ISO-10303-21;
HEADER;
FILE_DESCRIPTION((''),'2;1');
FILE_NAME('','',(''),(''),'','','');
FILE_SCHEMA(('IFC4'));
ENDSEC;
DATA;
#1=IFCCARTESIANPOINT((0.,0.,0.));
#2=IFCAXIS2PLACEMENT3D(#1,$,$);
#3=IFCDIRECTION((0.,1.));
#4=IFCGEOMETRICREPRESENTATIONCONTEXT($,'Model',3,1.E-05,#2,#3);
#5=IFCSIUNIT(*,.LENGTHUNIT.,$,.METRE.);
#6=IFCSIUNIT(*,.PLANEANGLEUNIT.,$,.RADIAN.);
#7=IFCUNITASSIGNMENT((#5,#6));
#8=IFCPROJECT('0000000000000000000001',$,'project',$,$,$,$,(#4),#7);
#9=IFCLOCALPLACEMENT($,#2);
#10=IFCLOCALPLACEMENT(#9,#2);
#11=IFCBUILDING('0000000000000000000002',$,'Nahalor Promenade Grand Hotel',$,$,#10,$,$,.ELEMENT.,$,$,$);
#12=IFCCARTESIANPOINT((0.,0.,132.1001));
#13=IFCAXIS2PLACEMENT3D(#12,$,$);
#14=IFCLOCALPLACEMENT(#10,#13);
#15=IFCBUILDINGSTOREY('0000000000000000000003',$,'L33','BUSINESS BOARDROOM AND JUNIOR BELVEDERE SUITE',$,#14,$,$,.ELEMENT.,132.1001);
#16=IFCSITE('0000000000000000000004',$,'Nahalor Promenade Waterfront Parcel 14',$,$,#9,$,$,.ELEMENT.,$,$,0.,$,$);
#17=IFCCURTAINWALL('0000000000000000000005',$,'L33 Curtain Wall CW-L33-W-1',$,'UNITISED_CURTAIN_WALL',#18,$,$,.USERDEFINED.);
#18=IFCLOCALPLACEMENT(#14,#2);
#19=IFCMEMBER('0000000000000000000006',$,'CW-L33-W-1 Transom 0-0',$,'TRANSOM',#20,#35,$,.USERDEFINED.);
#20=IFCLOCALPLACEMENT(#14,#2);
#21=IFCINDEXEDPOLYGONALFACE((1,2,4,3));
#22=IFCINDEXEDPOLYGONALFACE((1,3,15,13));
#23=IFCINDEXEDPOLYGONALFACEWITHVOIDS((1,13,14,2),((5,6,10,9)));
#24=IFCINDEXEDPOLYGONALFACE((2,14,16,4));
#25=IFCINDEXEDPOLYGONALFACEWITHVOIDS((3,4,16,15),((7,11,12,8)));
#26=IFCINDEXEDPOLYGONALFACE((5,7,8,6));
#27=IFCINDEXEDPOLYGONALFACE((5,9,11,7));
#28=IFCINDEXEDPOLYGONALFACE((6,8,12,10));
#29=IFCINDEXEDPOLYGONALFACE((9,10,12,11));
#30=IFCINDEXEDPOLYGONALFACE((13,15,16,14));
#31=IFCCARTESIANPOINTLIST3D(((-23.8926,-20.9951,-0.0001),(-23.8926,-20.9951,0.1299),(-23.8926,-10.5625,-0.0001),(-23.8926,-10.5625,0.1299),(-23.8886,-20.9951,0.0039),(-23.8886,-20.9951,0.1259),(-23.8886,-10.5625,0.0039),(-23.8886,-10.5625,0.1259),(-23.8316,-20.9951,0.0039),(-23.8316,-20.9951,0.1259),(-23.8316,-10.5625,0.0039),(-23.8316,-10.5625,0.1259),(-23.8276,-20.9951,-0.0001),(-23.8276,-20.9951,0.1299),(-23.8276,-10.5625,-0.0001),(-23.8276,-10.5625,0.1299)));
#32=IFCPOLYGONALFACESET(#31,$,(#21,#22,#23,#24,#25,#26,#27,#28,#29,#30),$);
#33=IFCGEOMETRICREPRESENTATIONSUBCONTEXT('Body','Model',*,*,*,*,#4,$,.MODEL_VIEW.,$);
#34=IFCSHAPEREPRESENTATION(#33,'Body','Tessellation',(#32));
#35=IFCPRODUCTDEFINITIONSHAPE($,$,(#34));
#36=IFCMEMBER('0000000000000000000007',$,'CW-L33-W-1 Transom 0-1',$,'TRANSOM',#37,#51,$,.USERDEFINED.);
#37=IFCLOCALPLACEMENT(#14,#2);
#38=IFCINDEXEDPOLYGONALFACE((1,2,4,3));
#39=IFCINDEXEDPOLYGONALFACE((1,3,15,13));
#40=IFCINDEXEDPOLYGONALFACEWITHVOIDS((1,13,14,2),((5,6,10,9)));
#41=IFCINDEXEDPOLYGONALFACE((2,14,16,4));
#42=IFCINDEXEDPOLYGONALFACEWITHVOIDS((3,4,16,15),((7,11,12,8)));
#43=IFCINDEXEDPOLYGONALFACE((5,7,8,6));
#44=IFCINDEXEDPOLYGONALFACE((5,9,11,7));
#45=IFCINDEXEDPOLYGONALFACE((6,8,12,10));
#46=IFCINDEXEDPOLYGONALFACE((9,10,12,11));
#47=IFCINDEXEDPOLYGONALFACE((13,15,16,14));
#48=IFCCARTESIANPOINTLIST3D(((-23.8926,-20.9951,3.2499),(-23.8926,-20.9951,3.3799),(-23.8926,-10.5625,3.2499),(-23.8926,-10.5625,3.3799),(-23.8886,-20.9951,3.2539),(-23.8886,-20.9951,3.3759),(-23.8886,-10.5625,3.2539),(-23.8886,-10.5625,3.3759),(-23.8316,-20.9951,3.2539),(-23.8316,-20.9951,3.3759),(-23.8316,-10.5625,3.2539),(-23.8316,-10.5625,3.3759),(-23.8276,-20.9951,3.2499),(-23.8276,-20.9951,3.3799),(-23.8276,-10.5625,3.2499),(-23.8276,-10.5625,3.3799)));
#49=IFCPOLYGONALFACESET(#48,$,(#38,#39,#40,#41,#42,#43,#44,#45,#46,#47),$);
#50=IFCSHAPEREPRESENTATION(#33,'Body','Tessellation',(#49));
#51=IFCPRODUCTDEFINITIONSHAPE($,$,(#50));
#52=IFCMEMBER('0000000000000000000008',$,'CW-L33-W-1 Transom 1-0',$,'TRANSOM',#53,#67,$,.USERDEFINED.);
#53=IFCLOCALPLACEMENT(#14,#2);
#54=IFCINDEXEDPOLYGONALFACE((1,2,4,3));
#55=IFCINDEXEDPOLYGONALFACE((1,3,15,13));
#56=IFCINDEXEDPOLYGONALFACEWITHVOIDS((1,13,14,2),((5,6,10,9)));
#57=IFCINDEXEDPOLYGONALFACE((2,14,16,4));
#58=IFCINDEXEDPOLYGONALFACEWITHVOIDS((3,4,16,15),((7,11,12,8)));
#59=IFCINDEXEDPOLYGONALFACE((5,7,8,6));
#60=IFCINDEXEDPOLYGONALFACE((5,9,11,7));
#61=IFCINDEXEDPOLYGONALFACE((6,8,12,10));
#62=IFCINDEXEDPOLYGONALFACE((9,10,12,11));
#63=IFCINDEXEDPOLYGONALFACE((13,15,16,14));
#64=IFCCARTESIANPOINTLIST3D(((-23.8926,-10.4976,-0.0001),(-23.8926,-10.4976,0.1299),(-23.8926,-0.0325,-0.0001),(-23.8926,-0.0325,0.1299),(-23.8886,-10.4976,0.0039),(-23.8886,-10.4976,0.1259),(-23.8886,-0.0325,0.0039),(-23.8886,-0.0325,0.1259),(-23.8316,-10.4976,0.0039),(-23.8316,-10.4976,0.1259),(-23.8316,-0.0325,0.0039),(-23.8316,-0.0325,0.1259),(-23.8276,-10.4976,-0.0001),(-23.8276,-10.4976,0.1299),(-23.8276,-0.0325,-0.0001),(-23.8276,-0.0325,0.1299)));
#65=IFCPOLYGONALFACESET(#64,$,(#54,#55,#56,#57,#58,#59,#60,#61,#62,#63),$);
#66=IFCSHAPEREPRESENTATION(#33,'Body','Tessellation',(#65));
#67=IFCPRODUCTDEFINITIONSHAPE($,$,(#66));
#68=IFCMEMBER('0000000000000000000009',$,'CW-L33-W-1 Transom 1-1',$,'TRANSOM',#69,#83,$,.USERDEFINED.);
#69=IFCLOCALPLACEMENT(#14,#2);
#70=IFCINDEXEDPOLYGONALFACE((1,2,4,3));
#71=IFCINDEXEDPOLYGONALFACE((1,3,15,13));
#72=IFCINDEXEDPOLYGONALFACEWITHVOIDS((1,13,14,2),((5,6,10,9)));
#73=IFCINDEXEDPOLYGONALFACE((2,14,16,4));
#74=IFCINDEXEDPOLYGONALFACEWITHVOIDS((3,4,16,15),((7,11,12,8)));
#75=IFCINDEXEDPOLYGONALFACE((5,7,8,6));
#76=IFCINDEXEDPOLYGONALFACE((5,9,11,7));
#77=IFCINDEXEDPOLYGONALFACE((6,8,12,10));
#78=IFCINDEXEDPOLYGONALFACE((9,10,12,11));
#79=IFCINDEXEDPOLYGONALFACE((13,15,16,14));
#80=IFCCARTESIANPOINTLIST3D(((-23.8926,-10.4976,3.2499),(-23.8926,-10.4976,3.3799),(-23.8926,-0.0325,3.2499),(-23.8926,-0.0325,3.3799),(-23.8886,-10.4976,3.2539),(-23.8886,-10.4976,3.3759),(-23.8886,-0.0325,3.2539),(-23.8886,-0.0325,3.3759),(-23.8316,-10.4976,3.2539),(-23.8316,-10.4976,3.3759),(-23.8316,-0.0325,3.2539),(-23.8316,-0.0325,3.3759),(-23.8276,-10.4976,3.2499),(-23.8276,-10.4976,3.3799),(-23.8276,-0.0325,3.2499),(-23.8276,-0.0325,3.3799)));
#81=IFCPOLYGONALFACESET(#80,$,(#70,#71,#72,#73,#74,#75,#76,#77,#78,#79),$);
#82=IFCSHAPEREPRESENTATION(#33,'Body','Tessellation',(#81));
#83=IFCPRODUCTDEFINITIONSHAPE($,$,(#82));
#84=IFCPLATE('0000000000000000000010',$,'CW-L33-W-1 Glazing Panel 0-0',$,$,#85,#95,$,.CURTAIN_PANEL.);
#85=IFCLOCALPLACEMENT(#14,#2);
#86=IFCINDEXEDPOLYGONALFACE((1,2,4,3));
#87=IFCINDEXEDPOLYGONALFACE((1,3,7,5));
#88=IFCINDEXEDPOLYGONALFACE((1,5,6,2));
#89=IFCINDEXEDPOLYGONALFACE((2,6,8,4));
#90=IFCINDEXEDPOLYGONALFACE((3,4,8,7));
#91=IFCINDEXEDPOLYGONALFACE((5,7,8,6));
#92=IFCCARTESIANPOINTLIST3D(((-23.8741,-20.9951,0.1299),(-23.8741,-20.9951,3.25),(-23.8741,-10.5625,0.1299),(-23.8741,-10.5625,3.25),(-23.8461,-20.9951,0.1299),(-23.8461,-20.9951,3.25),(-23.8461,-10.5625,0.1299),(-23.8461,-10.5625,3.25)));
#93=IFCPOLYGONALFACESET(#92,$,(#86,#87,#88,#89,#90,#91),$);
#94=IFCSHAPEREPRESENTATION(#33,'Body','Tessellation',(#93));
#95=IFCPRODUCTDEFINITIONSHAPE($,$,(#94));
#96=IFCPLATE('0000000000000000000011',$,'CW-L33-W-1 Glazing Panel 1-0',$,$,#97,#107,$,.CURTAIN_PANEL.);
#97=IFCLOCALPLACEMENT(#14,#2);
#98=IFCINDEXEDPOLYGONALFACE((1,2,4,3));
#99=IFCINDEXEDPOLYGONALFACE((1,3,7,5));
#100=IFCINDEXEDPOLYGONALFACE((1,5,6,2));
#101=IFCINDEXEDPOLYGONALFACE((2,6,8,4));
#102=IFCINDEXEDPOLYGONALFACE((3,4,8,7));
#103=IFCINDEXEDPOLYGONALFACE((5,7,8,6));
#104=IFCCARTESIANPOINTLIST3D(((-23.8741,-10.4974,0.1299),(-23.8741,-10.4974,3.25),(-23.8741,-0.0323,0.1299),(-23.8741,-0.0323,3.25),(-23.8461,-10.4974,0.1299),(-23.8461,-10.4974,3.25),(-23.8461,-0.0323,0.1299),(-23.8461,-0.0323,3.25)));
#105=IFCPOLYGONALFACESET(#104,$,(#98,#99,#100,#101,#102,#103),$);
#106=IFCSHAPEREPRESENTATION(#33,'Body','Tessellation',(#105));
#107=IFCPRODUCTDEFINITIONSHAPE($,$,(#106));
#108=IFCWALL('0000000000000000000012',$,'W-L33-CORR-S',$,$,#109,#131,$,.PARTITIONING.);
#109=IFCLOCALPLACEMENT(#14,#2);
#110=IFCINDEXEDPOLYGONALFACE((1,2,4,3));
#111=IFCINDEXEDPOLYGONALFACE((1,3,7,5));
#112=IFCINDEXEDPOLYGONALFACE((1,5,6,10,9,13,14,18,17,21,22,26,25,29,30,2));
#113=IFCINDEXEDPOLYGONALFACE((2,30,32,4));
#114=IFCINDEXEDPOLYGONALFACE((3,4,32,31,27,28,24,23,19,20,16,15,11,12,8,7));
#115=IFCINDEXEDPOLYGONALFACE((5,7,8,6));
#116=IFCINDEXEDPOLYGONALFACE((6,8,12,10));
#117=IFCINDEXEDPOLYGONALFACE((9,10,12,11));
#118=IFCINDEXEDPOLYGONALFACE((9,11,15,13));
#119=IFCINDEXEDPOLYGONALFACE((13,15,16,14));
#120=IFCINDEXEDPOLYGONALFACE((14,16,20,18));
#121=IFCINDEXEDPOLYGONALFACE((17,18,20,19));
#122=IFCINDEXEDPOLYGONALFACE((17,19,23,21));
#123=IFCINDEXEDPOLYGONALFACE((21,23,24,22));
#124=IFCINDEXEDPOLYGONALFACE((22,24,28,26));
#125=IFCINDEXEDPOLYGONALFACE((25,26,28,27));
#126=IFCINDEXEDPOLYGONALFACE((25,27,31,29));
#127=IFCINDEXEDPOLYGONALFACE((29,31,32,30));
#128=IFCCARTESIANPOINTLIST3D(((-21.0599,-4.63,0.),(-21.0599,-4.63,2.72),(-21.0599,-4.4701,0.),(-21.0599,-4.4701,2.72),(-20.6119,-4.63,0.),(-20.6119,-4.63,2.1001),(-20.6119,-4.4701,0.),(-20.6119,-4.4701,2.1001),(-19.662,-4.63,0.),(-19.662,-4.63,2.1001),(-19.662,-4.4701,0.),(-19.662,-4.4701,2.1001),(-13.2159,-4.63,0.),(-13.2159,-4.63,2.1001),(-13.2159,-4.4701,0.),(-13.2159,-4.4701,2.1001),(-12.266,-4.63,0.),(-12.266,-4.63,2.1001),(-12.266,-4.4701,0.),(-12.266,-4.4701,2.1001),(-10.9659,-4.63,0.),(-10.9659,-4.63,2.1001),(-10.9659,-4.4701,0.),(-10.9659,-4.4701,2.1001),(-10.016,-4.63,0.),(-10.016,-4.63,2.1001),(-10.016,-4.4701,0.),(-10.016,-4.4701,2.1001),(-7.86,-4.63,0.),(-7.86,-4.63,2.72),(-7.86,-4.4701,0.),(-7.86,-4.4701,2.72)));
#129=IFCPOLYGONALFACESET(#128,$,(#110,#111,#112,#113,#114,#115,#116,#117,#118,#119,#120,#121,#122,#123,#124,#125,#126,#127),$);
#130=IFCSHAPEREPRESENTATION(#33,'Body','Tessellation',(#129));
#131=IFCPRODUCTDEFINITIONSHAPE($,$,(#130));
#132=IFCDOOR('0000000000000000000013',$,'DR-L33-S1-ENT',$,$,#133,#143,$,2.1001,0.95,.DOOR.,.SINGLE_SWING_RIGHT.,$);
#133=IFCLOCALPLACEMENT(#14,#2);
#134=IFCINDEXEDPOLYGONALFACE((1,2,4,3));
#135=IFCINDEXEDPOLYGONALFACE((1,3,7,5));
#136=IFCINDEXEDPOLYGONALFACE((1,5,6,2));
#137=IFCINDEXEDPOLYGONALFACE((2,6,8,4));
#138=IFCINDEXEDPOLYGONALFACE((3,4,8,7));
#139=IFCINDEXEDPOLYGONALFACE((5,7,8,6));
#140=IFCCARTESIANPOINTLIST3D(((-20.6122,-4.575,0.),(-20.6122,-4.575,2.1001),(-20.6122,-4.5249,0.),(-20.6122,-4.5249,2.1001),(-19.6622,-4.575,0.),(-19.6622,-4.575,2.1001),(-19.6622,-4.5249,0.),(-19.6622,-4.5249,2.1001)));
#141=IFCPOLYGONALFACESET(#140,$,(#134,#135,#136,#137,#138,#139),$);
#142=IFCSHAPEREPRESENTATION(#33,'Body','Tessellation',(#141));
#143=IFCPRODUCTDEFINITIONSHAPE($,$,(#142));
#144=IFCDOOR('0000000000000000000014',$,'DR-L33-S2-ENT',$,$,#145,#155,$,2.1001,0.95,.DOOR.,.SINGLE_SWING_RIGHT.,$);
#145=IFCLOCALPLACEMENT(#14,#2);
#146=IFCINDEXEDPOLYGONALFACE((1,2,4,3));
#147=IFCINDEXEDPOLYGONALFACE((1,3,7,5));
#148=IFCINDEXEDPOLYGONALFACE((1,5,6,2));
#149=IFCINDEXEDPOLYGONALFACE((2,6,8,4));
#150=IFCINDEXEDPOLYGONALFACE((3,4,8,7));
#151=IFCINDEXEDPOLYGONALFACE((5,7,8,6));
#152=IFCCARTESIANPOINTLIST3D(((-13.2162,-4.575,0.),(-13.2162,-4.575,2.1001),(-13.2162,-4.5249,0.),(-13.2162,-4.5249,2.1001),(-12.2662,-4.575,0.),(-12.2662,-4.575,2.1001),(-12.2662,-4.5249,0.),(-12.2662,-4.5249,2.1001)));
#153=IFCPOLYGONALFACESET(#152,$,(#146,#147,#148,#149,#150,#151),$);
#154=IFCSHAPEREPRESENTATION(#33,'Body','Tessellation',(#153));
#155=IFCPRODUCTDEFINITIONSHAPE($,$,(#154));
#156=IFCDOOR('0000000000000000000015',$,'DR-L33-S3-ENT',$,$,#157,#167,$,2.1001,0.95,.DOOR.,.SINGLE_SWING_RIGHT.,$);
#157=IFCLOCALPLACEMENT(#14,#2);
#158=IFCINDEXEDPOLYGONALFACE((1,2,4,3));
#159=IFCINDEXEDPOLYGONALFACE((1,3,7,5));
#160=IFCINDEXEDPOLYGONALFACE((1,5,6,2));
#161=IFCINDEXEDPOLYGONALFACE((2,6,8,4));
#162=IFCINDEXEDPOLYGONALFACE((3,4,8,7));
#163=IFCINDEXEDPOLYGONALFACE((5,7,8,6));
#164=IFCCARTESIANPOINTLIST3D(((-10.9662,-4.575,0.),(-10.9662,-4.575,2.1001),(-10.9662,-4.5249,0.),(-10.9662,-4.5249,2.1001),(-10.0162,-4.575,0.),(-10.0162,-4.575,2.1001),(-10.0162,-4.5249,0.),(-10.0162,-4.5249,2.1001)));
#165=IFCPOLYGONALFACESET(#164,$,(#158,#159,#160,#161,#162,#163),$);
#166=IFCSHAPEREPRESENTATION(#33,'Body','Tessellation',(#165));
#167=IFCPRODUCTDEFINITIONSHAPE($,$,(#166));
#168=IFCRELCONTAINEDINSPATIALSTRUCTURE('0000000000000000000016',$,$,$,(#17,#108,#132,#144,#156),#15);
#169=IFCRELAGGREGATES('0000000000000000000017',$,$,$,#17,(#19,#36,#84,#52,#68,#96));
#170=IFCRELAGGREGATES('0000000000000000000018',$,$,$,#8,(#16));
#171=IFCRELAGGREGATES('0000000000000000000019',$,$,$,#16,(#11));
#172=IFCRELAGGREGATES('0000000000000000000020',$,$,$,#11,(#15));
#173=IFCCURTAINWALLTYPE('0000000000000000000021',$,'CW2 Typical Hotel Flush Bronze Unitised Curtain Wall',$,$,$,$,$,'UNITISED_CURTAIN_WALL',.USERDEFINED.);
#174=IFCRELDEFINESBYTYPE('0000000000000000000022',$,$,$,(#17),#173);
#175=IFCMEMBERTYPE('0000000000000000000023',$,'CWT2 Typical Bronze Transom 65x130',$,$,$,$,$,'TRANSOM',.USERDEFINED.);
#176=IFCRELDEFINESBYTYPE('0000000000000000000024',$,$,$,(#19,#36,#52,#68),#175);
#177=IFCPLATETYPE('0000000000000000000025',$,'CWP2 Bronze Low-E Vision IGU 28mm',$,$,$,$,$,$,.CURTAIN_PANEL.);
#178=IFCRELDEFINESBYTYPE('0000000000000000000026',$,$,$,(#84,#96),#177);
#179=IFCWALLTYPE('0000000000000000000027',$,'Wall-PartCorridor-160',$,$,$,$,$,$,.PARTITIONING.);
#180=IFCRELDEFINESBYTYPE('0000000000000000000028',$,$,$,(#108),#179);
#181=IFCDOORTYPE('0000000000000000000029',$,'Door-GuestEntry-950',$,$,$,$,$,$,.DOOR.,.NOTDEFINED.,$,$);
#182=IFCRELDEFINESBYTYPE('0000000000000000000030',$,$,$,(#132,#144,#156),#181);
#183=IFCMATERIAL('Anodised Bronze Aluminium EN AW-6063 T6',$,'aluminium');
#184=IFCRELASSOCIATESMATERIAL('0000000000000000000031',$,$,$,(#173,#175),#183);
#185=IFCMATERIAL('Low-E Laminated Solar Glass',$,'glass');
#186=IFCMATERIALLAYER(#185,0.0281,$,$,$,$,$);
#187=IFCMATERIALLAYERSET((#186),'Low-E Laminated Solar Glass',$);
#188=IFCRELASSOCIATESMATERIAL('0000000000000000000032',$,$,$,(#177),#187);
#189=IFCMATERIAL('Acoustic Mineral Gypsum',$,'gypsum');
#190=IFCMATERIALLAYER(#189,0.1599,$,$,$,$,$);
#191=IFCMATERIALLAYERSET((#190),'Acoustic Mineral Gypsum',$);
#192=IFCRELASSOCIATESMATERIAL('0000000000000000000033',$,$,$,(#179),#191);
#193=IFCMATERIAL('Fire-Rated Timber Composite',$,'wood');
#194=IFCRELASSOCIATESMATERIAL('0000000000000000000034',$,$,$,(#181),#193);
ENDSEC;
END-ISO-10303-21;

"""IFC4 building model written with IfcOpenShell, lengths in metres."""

from ifc_helpers import new_model, si_unit, direction, frame, frame_2d, origin, origin_2d, place, context, subcontext, project, spatial, rectangle, hollow_rectangle, extrude, source, transform, mapped, material, layer, layer_set, material_profile, profile_set, type_object, element, fill, aggregate, save


model = new_model("IFC4")

# Units and contexts
model_context = context("Model", 3, precision=1e-05, world=origin(), true_north=direction((0.0, 1.0)))
body_context = subcontext(model_context, "Body", "Model", "MODEL_VIEW")
ifc_project = project(units=[si_unit("LENGTHUNIT", "METRE"), si_unit("PLANEANGLEUNIT", "RADIAN")], contexts=[model_context])

# Site, building, storey
site_placement = place(None, origin())
site = spatial("IfcSite", under=ifc_project, at=site_placement, Name="Nahalor Promenade Waterfront Parcel 14", CompositionType="ELEMENT", RefElevation=0.0)
building_placement = place(site_placement, origin())
building = spatial("IfcBuilding", under=site, at=building_placement, Name="Nahalor Promenade Grand Hotel", CompositionType="ELEMENT")
storey_placement = place(building_placement, frame((0.0, 0.0, 132.1001)))
storey = spatial("IfcBuildingStorey", under=building, at=storey_placement, Name="L33", Description="BUSINESS BOARDROOM AND JUNIOR BELVEDERE SUITE", CompositionType="ELEMENT", Elevation=132.1001)

# Curtain wall, members, plates
ifc_material_1 = material(Name="Anodised Bronze Aluminium EN AW-6063 T6", Category="aluminium")
curtain_wall_type = type_object("IfcCurtainWallType", Name="CW2 Typical Hotel Flush Bronze Unitised Curtain Wall", ElementType="UNITISED_CURTAIN_WALL", PredefinedType="USERDEFINED", material=ifc_material_1)
curtain_wall_placement = place(storey_placement, origin())
curtain_wall = element("IfcCurtainWall", 1, at=curtain_wall_placement, inside=storey, type_object=curtain_wall_type, Name="L33 Curtain Wall CW-L33-W-1", ObjectType="UNITISED_CURTAIN_WALL", PredefinedType="USERDEFINED")
ifc_material_profile_1 = material_profile(ifc_material_1, hollow_rectangle(XDim=0.065, YDim=0.13, WallThickness=0.004, at=origin_2d()), Name="CWT 65x130x4")
ifc_profile_set_1 = profile_set([ifc_material_profile_1], Name="Anodised Bronze Aluminium EN AW-6063 T6")
member_type_1 = type_object("IfcMemberType", Name="CWT2 Typical Bronze Transom 65x130", ElementType="TRANSOM", PredefinedType="USERDEFINED", material=ifc_profile_set_1)
shared_shape_1 = source(origin(), body_context, "Body", "SweptSolid", [
    extrude(hollow_rectangle(XDim=0.065, YDim=0.13, WallThickness=0.004, at=origin_2d()), origin(), (0.0, 0.0, 1.0), 10.4326),
])
member_1_placement = place(storey_placement, frame((-23.8601, -20.9951, 0.0649), z_axis=(0.0, 1.0, 0.0), x_axis=(-1.0, 0.0, 0.0)))
member_1 = element("IfcMember", 2, at=member_1_placement, type_object=member_type_1, Name="CW-L33-W-1 Transom 0-0", ObjectType="TRANSOM", PredefinedType="USERDEFINED", context=body_context, shape_type="MappedRepresentation", body=[
    mapped(shared_shape_1, transform((0.0, 0.0, 0.0), scale=1.0)),
])
member_2_placement = place(storey_placement, frame((-23.8601, -20.9951, 3.3149), z_axis=(0.0, 1.0, 0.0), x_axis=(-1.0, 0.0, 0.0)))
member_2 = element("IfcMember", 3, at=member_2_placement, type_object=member_type_1, Name="CW-L33-W-1 Transom 0-1", ObjectType="TRANSOM", PredefinedType="USERDEFINED", context=body_context, shape_type="MappedRepresentation", body=[
    mapped(shared_shape_1, transform((0.0, 0.0, 0.0), scale=1.0)),
])
shared_shape_2 = source(origin(), body_context, "Body", "SweptSolid", [
    extrude(hollow_rectangle(XDim=0.065, YDim=0.13, WallThickness=0.004, at=origin_2d()), origin(), (0.0, 0.0, 1.0), 10.4651),
])
member_3_placement = place(storey_placement, frame((-23.8601, -10.4976, 0.0649), z_axis=(0.0, 1.0, 0.0), x_axis=(-1.0, 0.0, 0.0)))
member_3 = element("IfcMember", 4, at=member_3_placement, type_object=member_type_1, Name="CW-L33-W-1 Transom 1-0", ObjectType="TRANSOM", PredefinedType="USERDEFINED", context=body_context, shape_type="MappedRepresentation", body=[
    mapped(shared_shape_2, transform((0.0, 0.0, 0.0), scale=1.0)),
])
member_4_placement = place(storey_placement, frame((-23.8601, -10.4976, 3.3149), z_axis=(0.0, 1.0, 0.0), x_axis=(-1.0, 0.0, 0.0)))
member_4 = element("IfcMember", 5, at=member_4_placement, type_object=member_type_1, Name="CW-L33-W-1 Transom 1-1", ObjectType="TRANSOM", PredefinedType="USERDEFINED", context=body_context, shape_type="MappedRepresentation", body=[
    mapped(shared_shape_2, transform((0.0, 0.0, 0.0), scale=1.0)),
])
ifc_material_2 = material(Name="Low-E Laminated Solar Glass", Category="glass")
ifc_layer_1 = layer(ifc_material_2, 0.0281)
ifc_layer_set_1 = layer_set([ifc_layer_1], Name="Low-E Laminated Solar Glass")
plate_type = type_object("IfcPlateType", Name="CWP2 Bronze Low-E Vision IGU 28mm", PredefinedType="CURTAIN_PANEL", material=ifc_layer_set_1)
shared_shape_3 = source(origin(), body_context, "Body", "SweptSolid", [
    extrude(rectangle(XDim=10.4326, YDim=0.0281, at=origin_2d()), origin(), (0.0, 0.0, 1.0), 3.1201),
])
plate_1_placement = place(storey_placement, frame((-23.8601, -15.7788, 0.1299), z_axis=(0.0, 0.0, 1.0), x_axis=(0.0, 1.0, 0.0)))
plate_1 = element("IfcPlate", 6, at=plate_1_placement, type_object=plate_type, Name="CW-L33-W-1 Glazing Panel 0-0", PredefinedType="CURTAIN_PANEL", context=body_context, shape_type="MappedRepresentation", body=[
    mapped(shared_shape_3, transform((0.0, 0.0, 0.0), scale=1.0)),
])
shared_shape_4 = source(origin(), body_context, "Body", "SweptSolid", [
    extrude(rectangle(XDim=10.4651, YDim=0.0281, at=origin_2d()), origin(), (0.0, 0.0, 1.0), 3.1201),
])
plate_2_placement = place(storey_placement, frame((-23.8601, -5.2649, 0.1299), z_axis=(0.0, 0.0, 1.0), x_axis=(0.0, 1.0, 0.0)))
plate_2 = element("IfcPlate", 7, at=plate_2_placement, type_object=plate_type, Name="CW-L33-W-1 Glazing Panel 1-0", PredefinedType="CURTAIN_PANEL", context=body_context, shape_type="MappedRepresentation", body=[
    mapped(shared_shape_4, transform((0.0, 0.0, 0.0), scale=1.0)),
])
aggregate(curtain_wall, [member_1, member_2, plate_1, member_3, member_4, plate_2])

# Wall, openings, doors
ifc_material_3 = material(Name="Acoustic Mineral Gypsum", Category="gypsum")
ifc_layer_2 = layer(ifc_material_3, 0.1599)
ifc_layer_set_2 = layer_set([ifc_layer_2], Name="Acoustic Mineral Gypsum")
wall_type = type_object("IfcWallType", Name="Wall-PartCorridor-160", PredefinedType="PARTITIONING", material=ifc_layer_set_2)
shared_shape_5 = source(origin(), body_context, "Body", "SweptSolid", [
    extrude(rectangle(XDim=13.2, YDim=0.1599, at=frame_2d((6.6001, 0.0))), origin(), (0.0, 0.0, 1.0), 2.72),
])
wall_1_placement = place(storey_placement, frame((-21.0601, -4.55, 0.0), z_axis=(0.0, 0.0, 1.0), x_axis=(1.0, 0.0, 0.0)))
wall_1 = element("IfcWall", 8, at=wall_1_placement, inside=storey, type_object=wall_type, Name="W-L33-CORR-S", PredefinedType="PARTITIONING", context=body_context, shape_type="MappedRepresentation", body=[
    mapped(shared_shape_5, transform((0.0, 0.0, 0.0), scale=1.0)),
])
opening_1_placement = place(wall_1_placement, frame((0.448, 0.0, 0.0)))
opening_1 = element("IfcOpeningElement", 9, at=opening_1_placement, cuts=wall_1, PredefinedType="OPENING", context=body_context, shape_type="SweptSolid", body=[
    extrude(rectangle(XDim=0.95, YDim=2.1001, at=frame_2d((0.4751, 1.05))), frame((0.0, 0.0898, 0.0), z_axis=(0.0, -1.0, 0.0), x_axis=(1.0, 0.0, 0.0)), (0.0, 0.0, 1.0), 0.1799),
])
opening_2_placement = place(wall_1_placement, frame((7.844, 0.0, 0.0)))
opening_2 = element("IfcOpeningElement", 10, at=opening_2_placement, cuts=wall_1, PredefinedType="OPENING", context=body_context, shape_type="SweptSolid", body=[
    extrude(rectangle(XDim=0.95, YDim=2.1001, at=frame_2d((0.4751, 1.05))), frame((0.0, 0.0898, 0.0), z_axis=(0.0, -1.0, 0.0), x_axis=(1.0, 0.0, 0.0)), (0.0, 0.0, 1.0), 0.1799),
])
opening_3_placement = place(wall_1_placement, frame((10.094, 0.0, 0.0)))
opening_3 = element("IfcOpeningElement", 11, at=opening_3_placement, cuts=wall_1, PredefinedType="OPENING", context=body_context, shape_type="SweptSolid", body=[
    extrude(rectangle(XDim=0.95, YDim=2.1001, at=frame_2d((0.4751, 1.05))), frame((0.0, 0.0898, 0.0), z_axis=(0.0, -1.0, 0.0), x_axis=(1.0, 0.0, 0.0)), (0.0, 0.0, 1.0), 0.1799),
])
ifc_material_4 = material(Name="Fire-Rated Timber Composite", Category="wood")
door_type = type_object("IfcDoorType", Name="Door-GuestEntry-950", OperationType="NOTDEFINED", PredefinedType="DOOR", material=ifc_material_4)
shared_shape_6 = source(origin(), body_context, "Body", "SweptSolid", [
    extrude(rectangle(XDim=0.95, YDim=2.1001, at=frame_2d((0.4751, 1.05))), frame((0.0, 0.0249, 0.0), z_axis=(0.0, -1.0, 0.0), x_axis=(1.0, 0.0, 0.0)), (0.0, 0.0, 1.0), 0.05),
])
door_1_placement = place(opening_1_placement, frame((0.95, 0.0, 0.0), z_axis=(0.0, 0.0, 1.0), x_axis=(-1.0, 0.0, 0.0)))
door_1 = element("IfcDoor", 12, at=door_1_placement, inside=storey, type_object=door_type, Name="DR-L33-S1-ENT", OperationType="SINGLE_SWING_RIGHT", OverallHeight=2.1001, OverallWidth=0.95, PredefinedType="DOOR", context=body_context, shape_type="MappedRepresentation", body=[
    mapped(shared_shape_6, transform((0.0, 0.0, 0.0), scale=1.0)),
])
fill(opening_1, door_1)
door_2_placement = place(opening_2_placement, frame((0.95, 0.0, 0.0), z_axis=(0.0, 0.0, 1.0), x_axis=(-1.0, 0.0, 0.0)))
door_2 = element("IfcDoor", 13, at=door_2_placement, inside=storey, type_object=door_type, Name="DR-L33-S2-ENT", OperationType="SINGLE_SWING_RIGHT", OverallHeight=2.1001, OverallWidth=0.95, PredefinedType="DOOR", context=body_context, shape_type="MappedRepresentation", body=[
    mapped(shared_shape_6, transform((0.0, 0.0, 0.0), scale=1.0)),
])
fill(opening_2, door_2)
door_3_placement = place(opening_3_placement, frame((0.95, 0.0, 0.0), z_axis=(0.0, 0.0, 1.0), x_axis=(-1.0, 0.0, 0.0)))
door_3 = element("IfcDoor", 14, at=door_3_placement, inside=storey, type_object=door_type, Name="DR-L33-S3-ENT", OperationType="SINGLE_SWING_RIGHT", OverallHeight=2.1001, OverallWidth=0.95, PredefinedType="DOOR", context=body_context, shape_type="MappedRepresentation", body=[
    mapped(shared_shape_6, transform((0.0, 0.0, 0.0), scale=1.0)),
])
fill(opening_3, door_3)

save(model, "model.ifc")
